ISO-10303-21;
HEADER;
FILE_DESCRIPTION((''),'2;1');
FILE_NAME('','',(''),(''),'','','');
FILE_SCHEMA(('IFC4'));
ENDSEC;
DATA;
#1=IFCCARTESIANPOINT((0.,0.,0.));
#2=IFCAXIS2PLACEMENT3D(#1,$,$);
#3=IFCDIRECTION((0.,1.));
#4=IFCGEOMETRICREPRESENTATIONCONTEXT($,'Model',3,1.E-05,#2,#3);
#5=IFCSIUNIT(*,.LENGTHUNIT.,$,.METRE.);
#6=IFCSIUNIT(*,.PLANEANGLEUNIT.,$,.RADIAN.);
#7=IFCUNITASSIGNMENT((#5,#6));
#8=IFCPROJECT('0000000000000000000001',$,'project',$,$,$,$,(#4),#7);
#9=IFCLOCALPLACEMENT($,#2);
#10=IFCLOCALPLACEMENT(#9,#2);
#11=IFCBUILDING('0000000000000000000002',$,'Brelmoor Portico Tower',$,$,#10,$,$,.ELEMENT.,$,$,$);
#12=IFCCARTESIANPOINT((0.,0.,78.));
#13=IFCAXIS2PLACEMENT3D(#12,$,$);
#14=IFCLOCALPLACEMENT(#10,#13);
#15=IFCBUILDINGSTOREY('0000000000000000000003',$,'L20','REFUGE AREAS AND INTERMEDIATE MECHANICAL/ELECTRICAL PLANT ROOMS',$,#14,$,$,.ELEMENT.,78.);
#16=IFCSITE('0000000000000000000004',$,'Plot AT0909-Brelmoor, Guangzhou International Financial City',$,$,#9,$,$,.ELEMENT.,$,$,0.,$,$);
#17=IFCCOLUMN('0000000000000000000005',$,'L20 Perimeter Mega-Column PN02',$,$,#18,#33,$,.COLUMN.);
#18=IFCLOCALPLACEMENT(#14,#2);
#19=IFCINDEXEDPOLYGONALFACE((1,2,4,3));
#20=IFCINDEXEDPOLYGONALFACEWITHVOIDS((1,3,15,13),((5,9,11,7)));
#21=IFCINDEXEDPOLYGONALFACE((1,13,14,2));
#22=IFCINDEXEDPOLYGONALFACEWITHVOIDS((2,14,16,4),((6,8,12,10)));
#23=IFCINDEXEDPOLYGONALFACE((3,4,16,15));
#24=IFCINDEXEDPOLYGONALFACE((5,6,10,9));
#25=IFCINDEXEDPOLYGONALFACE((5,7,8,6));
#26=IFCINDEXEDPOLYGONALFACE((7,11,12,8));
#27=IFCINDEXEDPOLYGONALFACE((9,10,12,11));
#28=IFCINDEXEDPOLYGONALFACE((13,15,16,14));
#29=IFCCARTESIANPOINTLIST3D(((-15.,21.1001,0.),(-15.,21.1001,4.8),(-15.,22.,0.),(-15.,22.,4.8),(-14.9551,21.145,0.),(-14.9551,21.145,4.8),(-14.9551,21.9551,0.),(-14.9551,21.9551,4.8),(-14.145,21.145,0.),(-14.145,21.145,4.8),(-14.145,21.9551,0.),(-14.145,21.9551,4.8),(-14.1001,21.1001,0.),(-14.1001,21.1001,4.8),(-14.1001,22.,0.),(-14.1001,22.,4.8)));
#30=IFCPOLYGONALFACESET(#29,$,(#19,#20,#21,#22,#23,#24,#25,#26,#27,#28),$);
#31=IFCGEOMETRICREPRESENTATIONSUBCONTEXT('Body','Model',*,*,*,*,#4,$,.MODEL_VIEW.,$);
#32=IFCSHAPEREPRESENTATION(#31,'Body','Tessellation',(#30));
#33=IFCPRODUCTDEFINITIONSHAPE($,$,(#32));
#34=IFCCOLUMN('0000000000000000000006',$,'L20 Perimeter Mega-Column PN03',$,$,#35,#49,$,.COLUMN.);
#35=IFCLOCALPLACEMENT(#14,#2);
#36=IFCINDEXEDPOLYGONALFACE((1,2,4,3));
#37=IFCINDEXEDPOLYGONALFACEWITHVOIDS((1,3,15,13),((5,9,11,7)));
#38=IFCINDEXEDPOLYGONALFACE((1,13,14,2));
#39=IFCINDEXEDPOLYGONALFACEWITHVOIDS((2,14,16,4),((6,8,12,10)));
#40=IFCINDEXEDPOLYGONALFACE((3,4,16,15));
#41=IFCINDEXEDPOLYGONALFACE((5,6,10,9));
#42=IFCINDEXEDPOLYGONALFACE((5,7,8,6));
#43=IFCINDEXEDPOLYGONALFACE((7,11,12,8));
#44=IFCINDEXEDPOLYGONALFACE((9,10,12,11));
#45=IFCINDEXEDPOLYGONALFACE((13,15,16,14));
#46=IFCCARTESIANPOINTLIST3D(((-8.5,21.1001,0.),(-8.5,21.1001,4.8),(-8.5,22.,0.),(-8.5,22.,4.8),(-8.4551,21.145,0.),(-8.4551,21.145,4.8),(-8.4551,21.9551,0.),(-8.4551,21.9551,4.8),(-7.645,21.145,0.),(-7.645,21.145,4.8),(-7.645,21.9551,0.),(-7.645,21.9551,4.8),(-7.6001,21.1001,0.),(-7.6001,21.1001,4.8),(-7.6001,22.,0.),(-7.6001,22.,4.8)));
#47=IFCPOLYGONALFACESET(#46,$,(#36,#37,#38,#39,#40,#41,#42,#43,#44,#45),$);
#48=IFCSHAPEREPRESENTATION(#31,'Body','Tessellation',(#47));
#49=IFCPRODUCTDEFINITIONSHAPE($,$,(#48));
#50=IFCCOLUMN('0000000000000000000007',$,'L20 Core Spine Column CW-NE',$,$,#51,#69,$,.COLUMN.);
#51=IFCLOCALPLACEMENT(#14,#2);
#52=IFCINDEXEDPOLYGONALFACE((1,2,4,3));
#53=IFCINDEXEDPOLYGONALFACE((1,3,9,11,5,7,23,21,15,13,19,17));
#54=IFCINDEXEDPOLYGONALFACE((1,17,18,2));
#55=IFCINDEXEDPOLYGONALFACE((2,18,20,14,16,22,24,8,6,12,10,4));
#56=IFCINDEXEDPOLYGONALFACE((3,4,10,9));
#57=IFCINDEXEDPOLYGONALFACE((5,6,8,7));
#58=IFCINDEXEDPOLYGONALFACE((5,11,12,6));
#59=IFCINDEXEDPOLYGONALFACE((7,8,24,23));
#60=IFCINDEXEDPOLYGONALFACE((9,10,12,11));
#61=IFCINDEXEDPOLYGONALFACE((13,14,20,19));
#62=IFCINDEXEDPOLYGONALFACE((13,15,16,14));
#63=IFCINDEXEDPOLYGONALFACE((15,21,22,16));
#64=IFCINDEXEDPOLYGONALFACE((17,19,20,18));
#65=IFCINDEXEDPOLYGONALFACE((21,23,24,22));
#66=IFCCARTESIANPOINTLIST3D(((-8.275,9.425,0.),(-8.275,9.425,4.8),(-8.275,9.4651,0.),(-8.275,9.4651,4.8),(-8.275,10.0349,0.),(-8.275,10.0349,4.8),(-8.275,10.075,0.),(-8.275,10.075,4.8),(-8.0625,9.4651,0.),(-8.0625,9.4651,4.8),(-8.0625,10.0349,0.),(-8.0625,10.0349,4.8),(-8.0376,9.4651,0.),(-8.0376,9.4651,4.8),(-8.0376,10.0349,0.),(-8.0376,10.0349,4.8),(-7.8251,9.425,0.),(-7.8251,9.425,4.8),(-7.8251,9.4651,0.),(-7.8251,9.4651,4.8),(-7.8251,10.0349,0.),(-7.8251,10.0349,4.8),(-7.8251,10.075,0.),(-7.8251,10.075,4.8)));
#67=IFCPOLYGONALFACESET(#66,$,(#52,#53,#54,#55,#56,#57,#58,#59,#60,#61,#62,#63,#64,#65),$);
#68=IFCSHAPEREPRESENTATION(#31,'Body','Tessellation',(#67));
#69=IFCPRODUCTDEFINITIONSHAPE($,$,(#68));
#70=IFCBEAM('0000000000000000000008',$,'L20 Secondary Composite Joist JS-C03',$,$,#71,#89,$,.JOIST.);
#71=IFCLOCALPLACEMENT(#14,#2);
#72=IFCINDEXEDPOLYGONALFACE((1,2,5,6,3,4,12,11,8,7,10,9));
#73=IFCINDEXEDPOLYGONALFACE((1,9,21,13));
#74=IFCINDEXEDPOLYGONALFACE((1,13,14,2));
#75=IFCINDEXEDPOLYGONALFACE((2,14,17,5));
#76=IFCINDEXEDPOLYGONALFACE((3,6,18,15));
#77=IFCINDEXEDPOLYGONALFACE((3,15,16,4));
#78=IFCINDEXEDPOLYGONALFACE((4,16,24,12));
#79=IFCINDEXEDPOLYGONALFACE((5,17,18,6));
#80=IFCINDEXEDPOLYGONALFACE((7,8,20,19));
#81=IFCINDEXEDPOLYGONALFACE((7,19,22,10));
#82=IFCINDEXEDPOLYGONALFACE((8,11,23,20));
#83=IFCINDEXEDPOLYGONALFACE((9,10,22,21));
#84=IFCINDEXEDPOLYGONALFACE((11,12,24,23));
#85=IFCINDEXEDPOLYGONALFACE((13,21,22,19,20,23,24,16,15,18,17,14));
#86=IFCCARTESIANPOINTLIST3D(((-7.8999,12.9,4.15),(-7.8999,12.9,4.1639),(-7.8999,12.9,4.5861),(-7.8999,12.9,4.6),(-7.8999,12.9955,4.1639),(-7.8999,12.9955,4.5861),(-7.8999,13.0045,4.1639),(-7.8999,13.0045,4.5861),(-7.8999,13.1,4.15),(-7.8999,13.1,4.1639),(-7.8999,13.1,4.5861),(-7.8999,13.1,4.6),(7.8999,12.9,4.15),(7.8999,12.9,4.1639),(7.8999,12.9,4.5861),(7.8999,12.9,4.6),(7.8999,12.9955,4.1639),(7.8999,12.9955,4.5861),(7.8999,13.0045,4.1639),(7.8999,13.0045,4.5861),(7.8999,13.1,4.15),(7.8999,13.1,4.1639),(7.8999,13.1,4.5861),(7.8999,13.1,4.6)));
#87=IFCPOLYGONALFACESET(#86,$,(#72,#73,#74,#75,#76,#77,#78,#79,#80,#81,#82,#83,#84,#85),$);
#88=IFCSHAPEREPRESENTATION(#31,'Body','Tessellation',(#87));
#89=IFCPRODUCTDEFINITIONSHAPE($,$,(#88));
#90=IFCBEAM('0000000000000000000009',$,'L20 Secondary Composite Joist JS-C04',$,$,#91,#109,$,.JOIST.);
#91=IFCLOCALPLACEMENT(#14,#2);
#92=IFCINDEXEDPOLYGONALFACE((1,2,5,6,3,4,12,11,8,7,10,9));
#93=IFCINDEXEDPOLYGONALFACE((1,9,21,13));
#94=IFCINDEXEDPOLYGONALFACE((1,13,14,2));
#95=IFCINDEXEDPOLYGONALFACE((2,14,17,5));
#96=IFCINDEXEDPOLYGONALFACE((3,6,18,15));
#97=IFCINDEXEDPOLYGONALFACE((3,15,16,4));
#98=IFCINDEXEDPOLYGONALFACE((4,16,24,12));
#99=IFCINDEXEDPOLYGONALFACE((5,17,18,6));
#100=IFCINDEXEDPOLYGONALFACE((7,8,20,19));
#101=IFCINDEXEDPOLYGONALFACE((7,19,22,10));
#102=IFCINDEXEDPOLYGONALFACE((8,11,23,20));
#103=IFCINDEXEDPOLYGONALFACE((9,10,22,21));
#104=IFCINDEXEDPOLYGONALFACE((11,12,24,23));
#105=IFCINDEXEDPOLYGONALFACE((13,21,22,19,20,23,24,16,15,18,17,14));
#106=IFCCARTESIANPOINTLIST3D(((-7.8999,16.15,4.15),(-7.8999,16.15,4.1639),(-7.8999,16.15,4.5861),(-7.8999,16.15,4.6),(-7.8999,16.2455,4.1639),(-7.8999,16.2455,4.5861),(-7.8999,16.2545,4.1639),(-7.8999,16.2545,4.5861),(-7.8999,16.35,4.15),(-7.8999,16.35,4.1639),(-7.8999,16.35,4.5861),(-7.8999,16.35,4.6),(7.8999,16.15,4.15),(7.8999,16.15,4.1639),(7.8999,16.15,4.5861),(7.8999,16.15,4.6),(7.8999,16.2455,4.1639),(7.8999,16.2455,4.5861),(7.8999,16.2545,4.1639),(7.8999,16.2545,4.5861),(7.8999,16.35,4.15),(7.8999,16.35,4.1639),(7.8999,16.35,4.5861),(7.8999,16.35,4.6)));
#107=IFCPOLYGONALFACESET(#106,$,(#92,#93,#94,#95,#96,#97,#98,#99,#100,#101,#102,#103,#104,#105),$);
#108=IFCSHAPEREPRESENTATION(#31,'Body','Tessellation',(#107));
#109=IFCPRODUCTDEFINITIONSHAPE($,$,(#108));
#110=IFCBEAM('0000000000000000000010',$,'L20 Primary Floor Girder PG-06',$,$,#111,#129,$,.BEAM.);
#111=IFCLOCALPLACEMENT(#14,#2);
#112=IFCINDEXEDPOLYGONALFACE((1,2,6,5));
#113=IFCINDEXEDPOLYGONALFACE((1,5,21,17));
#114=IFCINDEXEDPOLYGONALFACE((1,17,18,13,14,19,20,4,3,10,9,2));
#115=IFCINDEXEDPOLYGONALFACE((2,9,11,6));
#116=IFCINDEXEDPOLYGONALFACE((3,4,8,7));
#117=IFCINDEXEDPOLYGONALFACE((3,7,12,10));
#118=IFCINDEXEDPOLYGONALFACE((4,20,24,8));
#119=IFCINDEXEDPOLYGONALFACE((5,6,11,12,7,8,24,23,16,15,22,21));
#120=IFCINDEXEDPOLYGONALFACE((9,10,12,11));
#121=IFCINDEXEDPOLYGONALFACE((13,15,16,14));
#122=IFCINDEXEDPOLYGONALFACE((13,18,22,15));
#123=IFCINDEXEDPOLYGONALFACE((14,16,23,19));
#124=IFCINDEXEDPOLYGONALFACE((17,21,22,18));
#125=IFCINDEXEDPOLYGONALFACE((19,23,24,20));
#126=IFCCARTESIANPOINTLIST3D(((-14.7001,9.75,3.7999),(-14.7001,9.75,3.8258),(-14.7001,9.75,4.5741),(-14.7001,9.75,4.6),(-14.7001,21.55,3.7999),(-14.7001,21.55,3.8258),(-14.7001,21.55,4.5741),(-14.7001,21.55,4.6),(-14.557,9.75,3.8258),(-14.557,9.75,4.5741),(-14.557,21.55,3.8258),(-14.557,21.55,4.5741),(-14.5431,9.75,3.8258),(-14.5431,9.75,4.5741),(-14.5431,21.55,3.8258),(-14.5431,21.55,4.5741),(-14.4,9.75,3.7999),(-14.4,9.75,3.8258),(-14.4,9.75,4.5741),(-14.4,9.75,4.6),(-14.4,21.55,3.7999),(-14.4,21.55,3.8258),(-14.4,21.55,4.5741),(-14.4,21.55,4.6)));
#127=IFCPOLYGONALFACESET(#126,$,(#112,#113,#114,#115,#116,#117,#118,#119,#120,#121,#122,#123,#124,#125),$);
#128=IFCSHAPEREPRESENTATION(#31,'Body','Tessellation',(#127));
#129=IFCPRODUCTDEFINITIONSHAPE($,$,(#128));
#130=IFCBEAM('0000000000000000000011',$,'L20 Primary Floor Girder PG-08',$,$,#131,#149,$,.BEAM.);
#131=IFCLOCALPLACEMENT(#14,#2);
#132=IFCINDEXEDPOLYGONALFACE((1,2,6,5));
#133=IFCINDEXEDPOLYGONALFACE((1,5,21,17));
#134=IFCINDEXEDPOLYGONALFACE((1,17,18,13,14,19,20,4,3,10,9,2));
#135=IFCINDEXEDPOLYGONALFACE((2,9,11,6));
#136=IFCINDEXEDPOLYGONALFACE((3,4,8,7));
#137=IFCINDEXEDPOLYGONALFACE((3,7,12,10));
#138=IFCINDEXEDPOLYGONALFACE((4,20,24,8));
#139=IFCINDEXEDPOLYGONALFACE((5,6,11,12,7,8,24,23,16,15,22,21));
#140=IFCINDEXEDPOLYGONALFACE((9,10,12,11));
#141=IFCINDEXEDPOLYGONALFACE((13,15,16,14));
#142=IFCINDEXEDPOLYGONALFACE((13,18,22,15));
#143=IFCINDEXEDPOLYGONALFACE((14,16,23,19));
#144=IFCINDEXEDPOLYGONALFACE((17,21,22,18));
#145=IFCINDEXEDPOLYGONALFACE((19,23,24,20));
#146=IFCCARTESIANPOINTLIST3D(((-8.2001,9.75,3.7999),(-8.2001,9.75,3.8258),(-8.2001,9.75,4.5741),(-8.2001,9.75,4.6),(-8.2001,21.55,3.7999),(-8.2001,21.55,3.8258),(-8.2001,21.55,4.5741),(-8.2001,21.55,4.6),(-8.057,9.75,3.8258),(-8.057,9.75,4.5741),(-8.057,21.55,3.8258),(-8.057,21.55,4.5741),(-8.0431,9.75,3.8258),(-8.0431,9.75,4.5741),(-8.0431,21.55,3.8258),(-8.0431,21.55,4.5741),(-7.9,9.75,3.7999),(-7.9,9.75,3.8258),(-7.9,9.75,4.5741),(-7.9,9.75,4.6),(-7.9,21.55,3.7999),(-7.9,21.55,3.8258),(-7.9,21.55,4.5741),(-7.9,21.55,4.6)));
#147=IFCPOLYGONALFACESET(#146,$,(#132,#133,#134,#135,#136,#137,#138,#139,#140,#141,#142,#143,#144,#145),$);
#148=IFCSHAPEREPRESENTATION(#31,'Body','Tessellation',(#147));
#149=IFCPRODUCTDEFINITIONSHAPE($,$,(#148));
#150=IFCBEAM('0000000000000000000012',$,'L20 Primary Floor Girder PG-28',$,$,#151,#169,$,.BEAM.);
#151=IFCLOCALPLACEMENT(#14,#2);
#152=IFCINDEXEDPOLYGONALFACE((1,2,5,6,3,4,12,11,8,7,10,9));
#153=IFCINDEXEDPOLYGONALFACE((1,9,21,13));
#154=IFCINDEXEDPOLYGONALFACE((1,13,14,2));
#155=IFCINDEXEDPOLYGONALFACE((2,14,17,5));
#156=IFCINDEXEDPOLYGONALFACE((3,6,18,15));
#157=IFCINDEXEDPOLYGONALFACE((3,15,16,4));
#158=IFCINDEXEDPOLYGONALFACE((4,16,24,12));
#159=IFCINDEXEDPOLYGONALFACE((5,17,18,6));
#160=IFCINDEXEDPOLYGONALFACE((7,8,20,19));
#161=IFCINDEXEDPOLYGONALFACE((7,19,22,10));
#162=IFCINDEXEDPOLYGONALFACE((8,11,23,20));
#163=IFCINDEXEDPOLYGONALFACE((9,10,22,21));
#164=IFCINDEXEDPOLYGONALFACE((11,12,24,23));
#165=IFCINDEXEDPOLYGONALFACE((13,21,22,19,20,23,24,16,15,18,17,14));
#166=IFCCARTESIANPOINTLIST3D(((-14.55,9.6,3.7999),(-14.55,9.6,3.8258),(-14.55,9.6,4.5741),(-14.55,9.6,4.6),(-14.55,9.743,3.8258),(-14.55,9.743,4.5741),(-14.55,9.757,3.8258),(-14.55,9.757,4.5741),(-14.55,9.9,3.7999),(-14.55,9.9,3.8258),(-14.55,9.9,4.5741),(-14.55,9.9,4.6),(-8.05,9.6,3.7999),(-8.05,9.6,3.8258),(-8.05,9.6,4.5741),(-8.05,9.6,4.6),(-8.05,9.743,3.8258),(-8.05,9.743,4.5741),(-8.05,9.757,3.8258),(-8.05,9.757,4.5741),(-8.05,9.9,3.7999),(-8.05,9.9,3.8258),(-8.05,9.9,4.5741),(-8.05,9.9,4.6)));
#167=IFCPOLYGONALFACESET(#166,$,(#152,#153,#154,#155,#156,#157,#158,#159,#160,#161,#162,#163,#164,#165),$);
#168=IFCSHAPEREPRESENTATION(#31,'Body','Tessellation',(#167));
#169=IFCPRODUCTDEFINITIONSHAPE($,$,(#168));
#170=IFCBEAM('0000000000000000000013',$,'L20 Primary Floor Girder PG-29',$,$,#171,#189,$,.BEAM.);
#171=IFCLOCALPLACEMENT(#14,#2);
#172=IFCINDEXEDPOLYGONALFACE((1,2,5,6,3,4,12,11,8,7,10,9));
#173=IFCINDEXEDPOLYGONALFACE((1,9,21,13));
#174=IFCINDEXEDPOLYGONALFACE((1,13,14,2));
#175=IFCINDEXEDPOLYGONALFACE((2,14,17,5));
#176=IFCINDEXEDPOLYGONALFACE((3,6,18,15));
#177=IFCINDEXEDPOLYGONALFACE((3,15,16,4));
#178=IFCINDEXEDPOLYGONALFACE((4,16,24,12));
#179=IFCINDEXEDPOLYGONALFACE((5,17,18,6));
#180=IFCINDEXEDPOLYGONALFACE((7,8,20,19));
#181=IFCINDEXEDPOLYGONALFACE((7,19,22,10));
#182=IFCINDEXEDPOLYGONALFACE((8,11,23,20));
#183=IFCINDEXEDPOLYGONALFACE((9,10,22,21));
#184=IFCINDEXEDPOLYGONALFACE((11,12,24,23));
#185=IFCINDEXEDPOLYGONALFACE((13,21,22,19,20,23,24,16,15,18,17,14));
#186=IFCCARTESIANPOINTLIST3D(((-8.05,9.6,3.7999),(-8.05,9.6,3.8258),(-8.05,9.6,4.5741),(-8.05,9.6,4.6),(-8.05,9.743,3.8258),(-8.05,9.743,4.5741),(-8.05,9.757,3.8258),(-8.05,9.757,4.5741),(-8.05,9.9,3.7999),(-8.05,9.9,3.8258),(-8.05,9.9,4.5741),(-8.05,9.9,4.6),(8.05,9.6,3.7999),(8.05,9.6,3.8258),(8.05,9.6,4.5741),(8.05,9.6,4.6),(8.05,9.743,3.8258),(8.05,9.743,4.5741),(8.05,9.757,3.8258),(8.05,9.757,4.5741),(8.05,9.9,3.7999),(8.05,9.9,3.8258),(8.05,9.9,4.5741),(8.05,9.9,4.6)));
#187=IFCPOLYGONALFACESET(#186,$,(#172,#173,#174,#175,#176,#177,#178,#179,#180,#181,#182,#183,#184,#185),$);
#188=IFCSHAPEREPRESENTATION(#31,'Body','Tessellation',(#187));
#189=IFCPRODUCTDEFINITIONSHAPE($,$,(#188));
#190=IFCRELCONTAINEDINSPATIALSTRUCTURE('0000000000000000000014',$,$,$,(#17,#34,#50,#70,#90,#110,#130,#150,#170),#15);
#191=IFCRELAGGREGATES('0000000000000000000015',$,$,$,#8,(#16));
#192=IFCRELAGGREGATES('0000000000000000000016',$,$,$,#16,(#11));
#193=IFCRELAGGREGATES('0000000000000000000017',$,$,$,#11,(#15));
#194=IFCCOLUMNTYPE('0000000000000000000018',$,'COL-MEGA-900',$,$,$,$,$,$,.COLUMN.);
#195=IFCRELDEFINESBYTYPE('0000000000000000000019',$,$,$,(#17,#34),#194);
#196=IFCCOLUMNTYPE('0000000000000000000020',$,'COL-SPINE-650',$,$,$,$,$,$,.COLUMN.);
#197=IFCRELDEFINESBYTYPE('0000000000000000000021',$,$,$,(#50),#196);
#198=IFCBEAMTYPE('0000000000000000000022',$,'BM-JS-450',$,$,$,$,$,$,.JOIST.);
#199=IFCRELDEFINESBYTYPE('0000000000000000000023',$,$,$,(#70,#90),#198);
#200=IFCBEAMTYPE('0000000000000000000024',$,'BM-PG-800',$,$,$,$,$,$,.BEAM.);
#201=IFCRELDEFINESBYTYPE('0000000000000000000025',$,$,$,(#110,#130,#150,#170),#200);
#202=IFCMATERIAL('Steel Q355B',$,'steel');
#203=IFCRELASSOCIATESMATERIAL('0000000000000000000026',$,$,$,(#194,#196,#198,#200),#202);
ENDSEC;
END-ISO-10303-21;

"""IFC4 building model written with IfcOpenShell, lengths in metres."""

from ifc_helpers import new_model, si_unit, direction, frame, origin, origin_2d, place, context, subcontext, project, spatial, hollow_rectangle, i_section, extrude, material, material_profile, profile_set, type_object, element, save


model = new_model("IFC4")

# Units and contexts
model_context = context("Model", 3, precision=1e-05, world=origin(), true_north=direction((0.0, 1.0)))
body_context = subcontext(model_context, "Body", "Model", "MODEL_VIEW")
ifc_project = project(units=[si_unit("LENGTHUNIT", "METRE"), si_unit("PLANEANGLEUNIT", "RADIAN")], contexts=[model_context])

# Site, building, storey
site_placement = place(None, origin())
site = spatial("IfcSite", under=ifc_project, at=site_placement, Name="Plot AT0909-Brelmoor, Guangzhou International Financial City", CompositionType="ELEMENT", RefElevation=0.0)
building_placement = place(site_placement, origin())
building = spatial("IfcBuilding", under=site, at=building_placement, Name="Brelmoor Portico Tower", CompositionType="ELEMENT")
storey_placement = place(building_placement, frame((0.0, 0.0, 78.0)))
storey = spatial("IfcBuildingStorey", under=building, at=storey_placement, Name="L20", Description="REFUGE AREAS AND INTERMEDIATE MECHANICAL/ELECTRICAL PLANT ROOMS", CompositionType="ELEMENT", Elevation=78.0)

# Columns
ifc_material_1 = material(Name="Steel Q355B", Category="steel")
ifc_material_profile_1 = material_profile(ifc_material_1, hollow_rectangle(XDim=0.8999, YDim=0.8999, WallThickness=0.0449, at=origin_2d()), Name="BOX 900x900x45")
ifc_profile_set_1 = profile_set([ifc_material_profile_1], Name="Steel Q355B")
column_type_1 = type_object("IfcColumnType", Name="COL-MEGA-900", PredefinedType="COLUMN", material=ifc_profile_set_1)
for number, where, z_axis, x_axis, name in (
    (1, (-14.55, 21.55, 0.0), (0.0, 0.0, 1.0), (1.0, 0.0, 0.0), "L20 Perimeter Mega-Column PN02"),
    (2, (-8.05, 21.55, 0.0), (0.0, 0.0, 1.0), (1.0, 0.0, 0.0), "L20 Perimeter Mega-Column PN03"),
):
    element("IfcColumn", number, at=place(storey_placement, frame(where, z_axis=z_axis, x_axis=x_axis)), inside=storey, type_object=column_type_1, Name=name, PredefinedType="COLUMN", context=body_context, shape_type="SweptSolid", body=[
        extrude(hollow_rectangle(XDim=0.8999, YDim=0.8999, WallThickness=0.0449, at=origin_2d()), origin(), (0.0, 0.0, 1.0), 4.8),
    ])
ifc_material_profile_2 = material_profile(ifc_material_1, i_section(OverallWidth=0.45, OverallDepth=0.6499, WebThickness=0.0249, FlangeThickness=0.04, at=origin_2d()), Name="HW 650x450x25x40")
ifc_profile_set_2 = profile_set([ifc_material_profile_2], Name="Steel Q355B")
column_type_2 = type_object("IfcColumnType", Name="COL-SPINE-650", PredefinedType="COLUMN", material=ifc_profile_set_2)
column_placement = place(storey_placement, frame((-8.05, 9.75, 0.0), z_axis=(0.0, 0.0, 1.0), x_axis=(1.0, 0.0, 0.0)))
element("IfcColumn", 3, at=column_placement, inside=storey, type_object=column_type_2, Name="L20 Core Spine Column CW-NE", PredefinedType="COLUMN", context=body_context, shape_type="SweptSolid", body=[
    extrude(i_section(OverallWidth=0.45, OverallDepth=0.6499, WebThickness=0.0249, FlangeThickness=0.04, at=origin_2d()), origin(), (0.0, 0.0, 1.0), 4.8),
])

# Beams
ifc_material_profile_3 = material_profile(ifc_material_1, i_section(OverallWidth=0.2, OverallDepth=0.45, WebThickness=0.009, FlangeThickness=0.0139, at=origin_2d()), Name="HN 450x200x9x14")
ifc_profile_set_3 = profile_set([ifc_material_profile_3], Name="Steel Q355B")
beam_type_1 = type_object("IfcBeamType", Name="BM-JS-450", PredefinedType="JOIST", material=ifc_profile_set_3)
for number, where, z_axis, x_axis, name in (
    (4, (-7.8999, 13.0, 4.375), (1.0, 0.0, 0.0), (0.0, 1.0, 0.0), "L20 Secondary Composite Joist JS-C03"),
    (5, (-7.8999, 16.25, 4.375), (1.0, 0.0, 0.0), (0.0, 1.0, 0.0), "L20 Secondary Composite Joist JS-C04"),
):
    element("IfcBeam", number, at=place(storey_placement, frame(where, z_axis=z_axis, x_axis=x_axis)), inside=storey, type_object=beam_type_1, Name=name, PredefinedType="JOIST", context=body_context, shape_type="SweptSolid", body=[
        extrude(i_section(OverallWidth=0.2, OverallDepth=0.45, WebThickness=0.009, FlangeThickness=0.0139, at=origin_2d()), origin(), (0.0, 0.0, 1.0), 15.7998),
    ])
ifc_material_profile_4 = material_profile(ifc_material_1, i_section(OverallWidth=0.3, OverallDepth=0.8, WebThickness=0.0139, FlangeThickness=0.0259, at=origin_2d()), Name="HN 800x300x14x26")
ifc_profile_set_4 = profile_set([ifc_material_profile_4], Name="Steel Q355B")
beam_type_2 = type_object("IfcBeamType", Name="BM-PG-800", PredefinedType="BEAM", material=ifc_profile_set_4)
for number, where, z_axis, x_axis, name in (
    (6, (-14.55, 9.75, 4.2), (0.0, 1.0, 0.0), (-1.0, 0.0, 0.0), "L20 Primary Floor Girder PG-06"),
    (7, (-8.05, 9.75, 4.2), (0.0, 1.0, 0.0), (-1.0, 0.0, 0.0), "L20 Primary Floor Girder PG-08"),
):
    element("IfcBeam", number, at=place(storey_placement, frame(where, z_axis=z_axis, x_axis=x_axis)), inside=storey, type_object=beam_type_2, Name=name, PredefinedType="BEAM", context=body_context, shape_type="SweptSolid", body=[
        extrude(i_section(OverallWidth=0.3, OverallDepth=0.8, WebThickness=0.0139, FlangeThickness=0.0259, at=origin_2d()), origin(), (0.0, 0.0, 1.0), 11.8),
    ])
beam_1_placement = place(storey_placement, frame((-14.55, 9.75, 4.2), z_axis=(1.0, 0.0, 0.0), x_axis=(0.0, 1.0, 0.0)))
element("IfcBeam", 8, at=beam_1_placement, inside=storey, type_object=beam_type_2, Name="L20 Primary Floor Girder PG-28", PredefinedType="BEAM", context=body_context, shape_type="SweptSolid", body=[
    extrude(i_section(OverallWidth=0.3, OverallDepth=0.8, WebThickness=0.0139, FlangeThickness=0.0259, at=origin_2d()), origin(), (0.0, 0.0, 1.0), 6.5),
])
beam_2_placement = place(storey_placement, frame((-8.05, 9.75, 4.2), z_axis=(1.0, 0.0, 0.0), x_axis=(0.0, 1.0, 0.0)))
element("IfcBeam", 9, at=beam_2_placement, inside=storey, type_object=beam_type_2, Name="L20 Primary Floor Girder PG-29", PredefinedType="BEAM", context=body_context, shape_type="SweptSolid", body=[
    extrude(i_section(OverallWidth=0.3, OverallDepth=0.8, WebThickness=0.0139, FlangeThickness=0.0259, at=origin_2d()), origin(), (0.0, 0.0, 1.0), 16.1001),
])

save(model, "model.ifc")
